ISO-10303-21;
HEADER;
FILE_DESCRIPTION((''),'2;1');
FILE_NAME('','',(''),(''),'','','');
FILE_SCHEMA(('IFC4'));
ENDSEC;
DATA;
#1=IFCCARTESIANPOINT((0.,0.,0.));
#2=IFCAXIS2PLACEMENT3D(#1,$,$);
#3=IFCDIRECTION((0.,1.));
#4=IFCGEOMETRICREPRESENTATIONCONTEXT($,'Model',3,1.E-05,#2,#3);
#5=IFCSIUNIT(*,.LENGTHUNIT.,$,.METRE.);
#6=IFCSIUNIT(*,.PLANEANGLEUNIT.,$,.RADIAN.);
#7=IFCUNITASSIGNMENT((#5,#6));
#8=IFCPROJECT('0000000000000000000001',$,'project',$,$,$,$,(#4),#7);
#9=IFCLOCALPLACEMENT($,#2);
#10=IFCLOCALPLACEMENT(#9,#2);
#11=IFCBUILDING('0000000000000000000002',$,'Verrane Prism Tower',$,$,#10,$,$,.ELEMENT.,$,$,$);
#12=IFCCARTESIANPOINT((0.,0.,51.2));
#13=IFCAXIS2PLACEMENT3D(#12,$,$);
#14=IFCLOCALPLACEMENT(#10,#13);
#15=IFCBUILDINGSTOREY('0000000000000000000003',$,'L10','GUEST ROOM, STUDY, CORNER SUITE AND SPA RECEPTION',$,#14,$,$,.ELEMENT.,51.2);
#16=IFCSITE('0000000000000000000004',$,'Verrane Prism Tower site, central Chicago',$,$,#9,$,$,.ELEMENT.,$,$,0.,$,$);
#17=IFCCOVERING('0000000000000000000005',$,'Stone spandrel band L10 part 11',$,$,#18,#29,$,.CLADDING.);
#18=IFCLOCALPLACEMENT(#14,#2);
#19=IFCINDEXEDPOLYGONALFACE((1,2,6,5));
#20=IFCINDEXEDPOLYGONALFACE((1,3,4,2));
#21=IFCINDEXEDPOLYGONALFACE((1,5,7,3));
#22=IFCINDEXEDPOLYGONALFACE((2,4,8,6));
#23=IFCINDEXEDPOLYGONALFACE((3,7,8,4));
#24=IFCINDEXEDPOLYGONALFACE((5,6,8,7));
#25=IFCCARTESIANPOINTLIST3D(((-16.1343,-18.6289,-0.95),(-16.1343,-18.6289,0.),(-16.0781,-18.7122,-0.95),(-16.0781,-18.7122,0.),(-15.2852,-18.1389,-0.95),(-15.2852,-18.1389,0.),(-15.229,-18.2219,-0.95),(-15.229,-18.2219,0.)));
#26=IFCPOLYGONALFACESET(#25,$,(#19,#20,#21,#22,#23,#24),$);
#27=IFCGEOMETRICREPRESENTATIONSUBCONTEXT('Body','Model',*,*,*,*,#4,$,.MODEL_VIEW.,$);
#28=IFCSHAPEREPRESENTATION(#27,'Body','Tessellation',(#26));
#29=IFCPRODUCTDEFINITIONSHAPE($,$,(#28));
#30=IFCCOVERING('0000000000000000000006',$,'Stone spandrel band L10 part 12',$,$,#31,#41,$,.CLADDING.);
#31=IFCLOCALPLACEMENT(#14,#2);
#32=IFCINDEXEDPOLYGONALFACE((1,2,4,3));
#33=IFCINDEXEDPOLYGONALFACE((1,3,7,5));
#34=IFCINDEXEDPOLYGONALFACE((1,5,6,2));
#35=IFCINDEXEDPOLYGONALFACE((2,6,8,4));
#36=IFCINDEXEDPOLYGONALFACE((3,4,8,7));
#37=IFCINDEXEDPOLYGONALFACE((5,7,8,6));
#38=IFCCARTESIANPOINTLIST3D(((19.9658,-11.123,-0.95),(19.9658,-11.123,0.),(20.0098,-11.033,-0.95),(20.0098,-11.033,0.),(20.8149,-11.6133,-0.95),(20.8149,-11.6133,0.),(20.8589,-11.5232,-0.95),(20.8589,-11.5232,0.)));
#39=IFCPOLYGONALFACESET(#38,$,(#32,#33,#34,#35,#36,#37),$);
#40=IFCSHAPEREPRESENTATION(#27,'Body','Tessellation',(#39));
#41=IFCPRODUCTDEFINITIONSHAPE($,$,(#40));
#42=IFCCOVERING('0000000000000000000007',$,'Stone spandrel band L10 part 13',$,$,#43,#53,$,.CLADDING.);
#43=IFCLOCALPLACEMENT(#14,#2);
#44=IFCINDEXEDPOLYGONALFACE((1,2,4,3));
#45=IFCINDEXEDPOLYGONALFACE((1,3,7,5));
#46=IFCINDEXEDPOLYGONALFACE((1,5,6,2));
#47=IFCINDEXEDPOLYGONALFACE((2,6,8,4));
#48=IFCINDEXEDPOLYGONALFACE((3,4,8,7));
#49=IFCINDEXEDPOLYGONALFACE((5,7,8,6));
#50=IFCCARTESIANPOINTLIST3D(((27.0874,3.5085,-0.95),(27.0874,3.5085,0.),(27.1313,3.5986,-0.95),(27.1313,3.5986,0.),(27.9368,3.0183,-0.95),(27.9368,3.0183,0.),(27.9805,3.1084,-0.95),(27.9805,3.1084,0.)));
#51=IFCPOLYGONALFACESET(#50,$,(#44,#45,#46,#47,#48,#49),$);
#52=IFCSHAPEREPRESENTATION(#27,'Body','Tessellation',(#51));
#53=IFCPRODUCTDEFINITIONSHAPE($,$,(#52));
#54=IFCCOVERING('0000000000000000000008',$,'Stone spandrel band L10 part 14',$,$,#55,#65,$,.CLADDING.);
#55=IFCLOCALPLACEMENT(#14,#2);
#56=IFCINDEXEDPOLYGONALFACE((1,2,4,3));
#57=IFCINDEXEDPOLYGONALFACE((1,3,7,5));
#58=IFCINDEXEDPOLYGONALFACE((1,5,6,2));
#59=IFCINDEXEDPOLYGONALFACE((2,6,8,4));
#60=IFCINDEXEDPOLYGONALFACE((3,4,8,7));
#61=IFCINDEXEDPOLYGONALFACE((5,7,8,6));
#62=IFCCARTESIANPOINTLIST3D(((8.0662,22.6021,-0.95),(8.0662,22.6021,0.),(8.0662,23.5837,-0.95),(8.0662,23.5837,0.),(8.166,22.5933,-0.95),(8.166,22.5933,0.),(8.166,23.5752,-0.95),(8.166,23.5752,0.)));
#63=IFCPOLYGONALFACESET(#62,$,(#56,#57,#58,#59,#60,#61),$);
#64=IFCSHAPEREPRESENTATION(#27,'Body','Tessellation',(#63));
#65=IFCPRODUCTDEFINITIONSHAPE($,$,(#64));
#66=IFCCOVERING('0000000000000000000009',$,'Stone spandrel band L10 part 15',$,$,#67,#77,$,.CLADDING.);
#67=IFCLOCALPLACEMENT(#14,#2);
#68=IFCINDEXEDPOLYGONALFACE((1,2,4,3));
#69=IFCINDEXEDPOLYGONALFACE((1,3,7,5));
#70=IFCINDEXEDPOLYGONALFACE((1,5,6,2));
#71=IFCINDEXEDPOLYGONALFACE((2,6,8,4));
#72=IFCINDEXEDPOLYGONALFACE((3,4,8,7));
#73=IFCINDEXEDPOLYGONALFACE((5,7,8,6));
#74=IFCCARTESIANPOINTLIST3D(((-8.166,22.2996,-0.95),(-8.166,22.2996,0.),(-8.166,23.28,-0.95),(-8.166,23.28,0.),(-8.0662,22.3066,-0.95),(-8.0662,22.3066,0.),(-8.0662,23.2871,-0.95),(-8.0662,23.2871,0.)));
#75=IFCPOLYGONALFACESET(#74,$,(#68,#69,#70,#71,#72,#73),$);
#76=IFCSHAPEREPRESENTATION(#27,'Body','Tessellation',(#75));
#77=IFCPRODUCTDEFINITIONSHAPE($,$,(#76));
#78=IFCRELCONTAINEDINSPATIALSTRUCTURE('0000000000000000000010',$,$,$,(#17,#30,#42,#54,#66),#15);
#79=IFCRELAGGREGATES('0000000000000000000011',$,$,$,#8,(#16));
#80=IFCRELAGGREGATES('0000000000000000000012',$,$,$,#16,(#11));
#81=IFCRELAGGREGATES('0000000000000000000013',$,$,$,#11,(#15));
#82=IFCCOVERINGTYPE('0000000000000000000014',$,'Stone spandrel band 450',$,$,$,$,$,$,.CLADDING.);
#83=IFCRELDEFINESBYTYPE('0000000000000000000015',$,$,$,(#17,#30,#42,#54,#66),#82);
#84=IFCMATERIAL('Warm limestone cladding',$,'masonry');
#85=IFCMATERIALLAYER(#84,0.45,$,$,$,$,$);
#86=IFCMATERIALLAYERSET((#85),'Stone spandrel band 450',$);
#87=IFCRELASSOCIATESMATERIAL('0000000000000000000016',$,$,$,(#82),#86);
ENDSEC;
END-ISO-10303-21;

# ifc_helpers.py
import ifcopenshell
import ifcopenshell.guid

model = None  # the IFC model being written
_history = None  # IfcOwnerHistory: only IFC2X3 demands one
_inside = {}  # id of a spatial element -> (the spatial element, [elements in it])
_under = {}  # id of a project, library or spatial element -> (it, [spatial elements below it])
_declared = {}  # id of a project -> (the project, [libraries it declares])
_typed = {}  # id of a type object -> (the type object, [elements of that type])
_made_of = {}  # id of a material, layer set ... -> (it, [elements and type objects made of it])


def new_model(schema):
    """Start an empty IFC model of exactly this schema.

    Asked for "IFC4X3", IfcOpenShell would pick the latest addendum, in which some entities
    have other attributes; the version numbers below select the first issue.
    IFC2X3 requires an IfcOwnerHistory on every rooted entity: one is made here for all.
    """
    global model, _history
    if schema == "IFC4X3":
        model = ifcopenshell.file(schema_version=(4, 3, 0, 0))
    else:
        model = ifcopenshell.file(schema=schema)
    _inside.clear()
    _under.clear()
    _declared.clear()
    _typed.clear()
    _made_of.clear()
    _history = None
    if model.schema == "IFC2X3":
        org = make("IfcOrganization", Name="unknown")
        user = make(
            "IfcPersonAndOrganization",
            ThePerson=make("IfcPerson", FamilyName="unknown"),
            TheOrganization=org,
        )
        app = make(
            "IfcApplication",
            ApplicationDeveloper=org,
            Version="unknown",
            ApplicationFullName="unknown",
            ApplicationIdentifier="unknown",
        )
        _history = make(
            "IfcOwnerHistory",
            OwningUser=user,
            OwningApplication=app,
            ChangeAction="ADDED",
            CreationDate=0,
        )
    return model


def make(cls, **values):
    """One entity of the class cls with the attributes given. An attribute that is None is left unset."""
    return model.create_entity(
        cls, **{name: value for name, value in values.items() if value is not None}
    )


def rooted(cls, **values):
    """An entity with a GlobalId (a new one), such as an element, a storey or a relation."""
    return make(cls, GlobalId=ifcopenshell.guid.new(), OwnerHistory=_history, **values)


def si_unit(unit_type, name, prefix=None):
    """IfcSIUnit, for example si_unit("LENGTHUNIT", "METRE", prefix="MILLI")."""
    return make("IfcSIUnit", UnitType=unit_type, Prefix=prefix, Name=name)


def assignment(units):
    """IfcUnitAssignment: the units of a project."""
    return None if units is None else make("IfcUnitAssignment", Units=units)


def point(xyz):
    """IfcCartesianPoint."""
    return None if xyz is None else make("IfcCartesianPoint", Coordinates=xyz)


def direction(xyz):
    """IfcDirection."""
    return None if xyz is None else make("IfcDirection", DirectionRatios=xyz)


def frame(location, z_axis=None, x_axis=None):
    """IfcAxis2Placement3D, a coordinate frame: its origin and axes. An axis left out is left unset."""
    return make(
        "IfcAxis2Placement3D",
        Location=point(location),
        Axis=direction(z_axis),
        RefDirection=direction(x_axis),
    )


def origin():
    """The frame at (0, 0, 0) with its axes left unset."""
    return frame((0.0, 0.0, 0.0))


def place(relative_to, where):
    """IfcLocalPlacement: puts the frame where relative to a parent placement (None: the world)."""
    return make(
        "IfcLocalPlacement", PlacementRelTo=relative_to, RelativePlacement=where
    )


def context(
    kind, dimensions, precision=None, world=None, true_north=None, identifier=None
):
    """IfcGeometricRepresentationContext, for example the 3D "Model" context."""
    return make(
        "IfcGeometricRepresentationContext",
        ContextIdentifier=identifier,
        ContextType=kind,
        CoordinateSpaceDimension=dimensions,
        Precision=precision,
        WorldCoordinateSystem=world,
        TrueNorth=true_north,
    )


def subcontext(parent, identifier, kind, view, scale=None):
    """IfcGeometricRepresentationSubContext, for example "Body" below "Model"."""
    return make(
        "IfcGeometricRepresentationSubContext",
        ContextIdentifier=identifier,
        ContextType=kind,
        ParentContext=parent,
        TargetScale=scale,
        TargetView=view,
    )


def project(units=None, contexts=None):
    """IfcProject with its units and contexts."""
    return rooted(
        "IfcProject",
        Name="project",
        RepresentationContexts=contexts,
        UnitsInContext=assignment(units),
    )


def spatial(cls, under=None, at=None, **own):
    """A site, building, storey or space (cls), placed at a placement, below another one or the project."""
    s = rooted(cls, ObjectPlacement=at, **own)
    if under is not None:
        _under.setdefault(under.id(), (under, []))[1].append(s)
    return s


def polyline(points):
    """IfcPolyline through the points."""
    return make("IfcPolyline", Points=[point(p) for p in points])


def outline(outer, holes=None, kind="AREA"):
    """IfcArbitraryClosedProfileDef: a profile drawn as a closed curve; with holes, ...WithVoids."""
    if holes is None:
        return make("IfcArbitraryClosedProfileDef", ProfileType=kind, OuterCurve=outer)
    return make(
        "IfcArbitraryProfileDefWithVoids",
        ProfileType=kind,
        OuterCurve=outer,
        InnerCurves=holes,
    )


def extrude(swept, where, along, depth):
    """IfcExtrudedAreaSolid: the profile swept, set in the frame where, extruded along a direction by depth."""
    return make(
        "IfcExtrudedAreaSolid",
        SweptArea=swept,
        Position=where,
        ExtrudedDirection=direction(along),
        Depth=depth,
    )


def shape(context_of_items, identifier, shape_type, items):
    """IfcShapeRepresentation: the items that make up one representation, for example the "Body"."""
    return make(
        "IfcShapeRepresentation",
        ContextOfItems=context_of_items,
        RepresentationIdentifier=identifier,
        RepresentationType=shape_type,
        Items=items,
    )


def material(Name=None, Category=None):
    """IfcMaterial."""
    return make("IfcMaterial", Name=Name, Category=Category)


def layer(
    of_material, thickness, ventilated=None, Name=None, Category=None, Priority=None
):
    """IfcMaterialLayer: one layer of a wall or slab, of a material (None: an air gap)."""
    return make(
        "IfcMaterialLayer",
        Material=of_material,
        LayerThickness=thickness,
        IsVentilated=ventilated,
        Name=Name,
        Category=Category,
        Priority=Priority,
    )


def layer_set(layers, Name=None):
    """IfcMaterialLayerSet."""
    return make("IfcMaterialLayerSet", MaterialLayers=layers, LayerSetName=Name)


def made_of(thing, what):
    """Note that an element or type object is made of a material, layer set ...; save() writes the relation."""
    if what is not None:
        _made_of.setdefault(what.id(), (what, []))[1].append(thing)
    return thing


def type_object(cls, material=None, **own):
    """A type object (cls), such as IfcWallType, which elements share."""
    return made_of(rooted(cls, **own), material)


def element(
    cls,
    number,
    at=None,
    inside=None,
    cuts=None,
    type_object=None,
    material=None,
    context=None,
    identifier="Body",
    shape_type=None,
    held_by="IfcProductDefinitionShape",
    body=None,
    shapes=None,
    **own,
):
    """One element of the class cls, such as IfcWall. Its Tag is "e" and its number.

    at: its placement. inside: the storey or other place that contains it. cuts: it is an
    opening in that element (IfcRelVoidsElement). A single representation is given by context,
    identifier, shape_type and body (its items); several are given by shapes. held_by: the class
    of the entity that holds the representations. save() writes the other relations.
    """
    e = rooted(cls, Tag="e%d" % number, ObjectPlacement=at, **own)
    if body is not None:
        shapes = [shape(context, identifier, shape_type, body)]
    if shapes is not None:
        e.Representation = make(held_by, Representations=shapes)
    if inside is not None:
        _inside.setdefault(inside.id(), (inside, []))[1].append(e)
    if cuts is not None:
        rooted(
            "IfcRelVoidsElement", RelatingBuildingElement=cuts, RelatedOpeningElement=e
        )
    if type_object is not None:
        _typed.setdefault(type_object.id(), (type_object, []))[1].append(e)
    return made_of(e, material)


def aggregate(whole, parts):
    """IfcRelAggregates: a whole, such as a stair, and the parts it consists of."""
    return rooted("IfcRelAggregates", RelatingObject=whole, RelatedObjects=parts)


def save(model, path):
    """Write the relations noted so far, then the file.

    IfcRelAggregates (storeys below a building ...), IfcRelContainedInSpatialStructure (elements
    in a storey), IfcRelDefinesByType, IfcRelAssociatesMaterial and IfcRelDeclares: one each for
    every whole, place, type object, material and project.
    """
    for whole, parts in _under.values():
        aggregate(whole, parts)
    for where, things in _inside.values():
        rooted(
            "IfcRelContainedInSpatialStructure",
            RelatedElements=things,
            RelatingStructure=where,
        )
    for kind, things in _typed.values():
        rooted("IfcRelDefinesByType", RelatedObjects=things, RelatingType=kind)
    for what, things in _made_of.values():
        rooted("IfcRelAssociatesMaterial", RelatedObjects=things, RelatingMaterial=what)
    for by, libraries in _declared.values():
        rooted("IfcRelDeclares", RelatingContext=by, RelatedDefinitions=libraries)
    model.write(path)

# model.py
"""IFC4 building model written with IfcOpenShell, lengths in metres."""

from ifc_helpers import new_model, si_unit, direction, frame, origin, place, context, subcontext, project, spatial, polyline, outline, extrude, material, layer, layer_set, type_object, element, save


model = new_model("IFC4")

# Units and contexts
model_context = context("Model", 3, precision=1e-05, world=origin(), true_north=direction((0.0, 1.0)))
body_context = subcontext(model_context, "Body", "Model", "MODEL_VIEW")
ifc_project = project(units=[si_unit("LENGTHUNIT", "METRE"), si_unit("PLANEANGLEUNIT", "RADIAN")], contexts=[model_context])

# Site, building, storey
site_placement = place(None, origin())
site = spatial("IfcSite", under=ifc_project, at=site_placement, Name="Verrane Prism Tower site, central Chicago", CompositionType="ELEMENT", RefElevation=0.0)
building_placement = place(site_placement, origin())
building = spatial("IfcBuilding", under=site, at=building_placement, Name="Verrane Prism Tower", CompositionType="ELEMENT")
storey_placement = place(building_placement, frame((0.0, 0.0, 51.2)))
storey = spatial("IfcBuildingStorey", under=building, at=storey_placement, Name="L10", Description="GUEST ROOM, STUDY, CORNER SUITE AND SPA RECEPTION", CompositionType="ELEMENT", Elevation=51.2)

# Coverings
ifc_material_1 = material(Name="Warm limestone cladding", Category="masonry")
ifc_layer_1 = layer(ifc_material_1, 0.45)
ifc_layer_set_1 = layer_set([ifc_layer_1], Name="Stone spandrel band 450")
covering_type_1 = type_object("IfcCoveringType", Name="Stone spandrel band 450", PredefinedType="CLADDING", material=ifc_layer_set_1)
covering_1_placement = place(storey_placement, frame((0.0, 0.0, -0.95)))
element("IfcCovering", 1, at=covering_1_placement, inside=storey, type_object=covering_type_1, Name="Stone spandrel band L10 part 11", PredefinedType="CLADDING", context=body_context, shape_type="SweptSolid", body=[
    extrude(outline(polyline([(-15.2852, -18.1389), (-16.1343, -18.6289), (-16.0781, -18.7122), (-15.229, -18.2219), (-15.2852, -18.1389)])), origin(), (0.0, 0.0, 1.0), 0.95),
])
covering_2_placement = place(storey_placement, frame((0.0, 0.0, -0.95)))
element("IfcCovering", 2, at=covering_2_placement, inside=storey, type_object=covering_type_1, Name="Stone spandrel band L10 part 12", PredefinedType="CLADDING", context=body_context, shape_type="SweptSolid", body=[
    extrude(outline(polyline([(20.8149, -11.6133), (20.8589, -11.5232), (20.0098, -11.033), (19.9658, -11.123), (20.8149, -11.6133)])), origin(), (0.0, 0.0, 1.0), 0.95),
])
covering_3_placement = place(storey_placement, frame((0.0, 0.0, -0.95)))
element("IfcCovering", 3, at=covering_3_placement, inside=storey, type_object=covering_type_1, Name="Stone spandrel band L10 part 13", PredefinedType="CLADDING", context=body_context, shape_type="SweptSolid", body=[
    extrude(outline(polyline([(27.0874, 3.5085), (27.9368, 3.0183), (27.9805, 3.1084), (27.1313, 3.5986), (27.0874, 3.5085)])), origin(), (0.0, 0.0, 1.0), 0.95),
])
covering_4_placement = place(storey_placement, frame((0.0, 0.0, -0.95)))
element("IfcCovering", 4, at=covering_4_placement, inside=storey, type_object=covering_type_1, Name="Stone spandrel band L10 part 14", PredefinedType="CLADDING", context=body_context, shape_type="SweptSolid", body=[
    extrude(outline(polyline([(8.0662, 23.5837), (8.0662, 22.6021), (8.166, 22.5933), (8.166, 23.5752), (8.0662, 23.5837)])), origin(), (0.0, 0.0, 1.0), 0.95),
])
covering_5_placement = place(storey_placement, frame((0.0, 0.0, -0.95)))
element("IfcCovering", 5, at=covering_5_placement, inside=storey, type_object=covering_type_1, Name="Stone spandrel band L10 part 15", PredefinedType="CLADDING", context=body_context, shape_type="SweptSolid", body=[
    extrude(outline(polyline([(-8.0662, 22.3066), (-8.0662, 23.2871), (-8.166, 23.28), (-8.166, 22.2996), (-8.0662, 22.3066)])), origin(), (0.0, 0.0, 1.0), 0.95),
])

save(model, "model.ifc")
